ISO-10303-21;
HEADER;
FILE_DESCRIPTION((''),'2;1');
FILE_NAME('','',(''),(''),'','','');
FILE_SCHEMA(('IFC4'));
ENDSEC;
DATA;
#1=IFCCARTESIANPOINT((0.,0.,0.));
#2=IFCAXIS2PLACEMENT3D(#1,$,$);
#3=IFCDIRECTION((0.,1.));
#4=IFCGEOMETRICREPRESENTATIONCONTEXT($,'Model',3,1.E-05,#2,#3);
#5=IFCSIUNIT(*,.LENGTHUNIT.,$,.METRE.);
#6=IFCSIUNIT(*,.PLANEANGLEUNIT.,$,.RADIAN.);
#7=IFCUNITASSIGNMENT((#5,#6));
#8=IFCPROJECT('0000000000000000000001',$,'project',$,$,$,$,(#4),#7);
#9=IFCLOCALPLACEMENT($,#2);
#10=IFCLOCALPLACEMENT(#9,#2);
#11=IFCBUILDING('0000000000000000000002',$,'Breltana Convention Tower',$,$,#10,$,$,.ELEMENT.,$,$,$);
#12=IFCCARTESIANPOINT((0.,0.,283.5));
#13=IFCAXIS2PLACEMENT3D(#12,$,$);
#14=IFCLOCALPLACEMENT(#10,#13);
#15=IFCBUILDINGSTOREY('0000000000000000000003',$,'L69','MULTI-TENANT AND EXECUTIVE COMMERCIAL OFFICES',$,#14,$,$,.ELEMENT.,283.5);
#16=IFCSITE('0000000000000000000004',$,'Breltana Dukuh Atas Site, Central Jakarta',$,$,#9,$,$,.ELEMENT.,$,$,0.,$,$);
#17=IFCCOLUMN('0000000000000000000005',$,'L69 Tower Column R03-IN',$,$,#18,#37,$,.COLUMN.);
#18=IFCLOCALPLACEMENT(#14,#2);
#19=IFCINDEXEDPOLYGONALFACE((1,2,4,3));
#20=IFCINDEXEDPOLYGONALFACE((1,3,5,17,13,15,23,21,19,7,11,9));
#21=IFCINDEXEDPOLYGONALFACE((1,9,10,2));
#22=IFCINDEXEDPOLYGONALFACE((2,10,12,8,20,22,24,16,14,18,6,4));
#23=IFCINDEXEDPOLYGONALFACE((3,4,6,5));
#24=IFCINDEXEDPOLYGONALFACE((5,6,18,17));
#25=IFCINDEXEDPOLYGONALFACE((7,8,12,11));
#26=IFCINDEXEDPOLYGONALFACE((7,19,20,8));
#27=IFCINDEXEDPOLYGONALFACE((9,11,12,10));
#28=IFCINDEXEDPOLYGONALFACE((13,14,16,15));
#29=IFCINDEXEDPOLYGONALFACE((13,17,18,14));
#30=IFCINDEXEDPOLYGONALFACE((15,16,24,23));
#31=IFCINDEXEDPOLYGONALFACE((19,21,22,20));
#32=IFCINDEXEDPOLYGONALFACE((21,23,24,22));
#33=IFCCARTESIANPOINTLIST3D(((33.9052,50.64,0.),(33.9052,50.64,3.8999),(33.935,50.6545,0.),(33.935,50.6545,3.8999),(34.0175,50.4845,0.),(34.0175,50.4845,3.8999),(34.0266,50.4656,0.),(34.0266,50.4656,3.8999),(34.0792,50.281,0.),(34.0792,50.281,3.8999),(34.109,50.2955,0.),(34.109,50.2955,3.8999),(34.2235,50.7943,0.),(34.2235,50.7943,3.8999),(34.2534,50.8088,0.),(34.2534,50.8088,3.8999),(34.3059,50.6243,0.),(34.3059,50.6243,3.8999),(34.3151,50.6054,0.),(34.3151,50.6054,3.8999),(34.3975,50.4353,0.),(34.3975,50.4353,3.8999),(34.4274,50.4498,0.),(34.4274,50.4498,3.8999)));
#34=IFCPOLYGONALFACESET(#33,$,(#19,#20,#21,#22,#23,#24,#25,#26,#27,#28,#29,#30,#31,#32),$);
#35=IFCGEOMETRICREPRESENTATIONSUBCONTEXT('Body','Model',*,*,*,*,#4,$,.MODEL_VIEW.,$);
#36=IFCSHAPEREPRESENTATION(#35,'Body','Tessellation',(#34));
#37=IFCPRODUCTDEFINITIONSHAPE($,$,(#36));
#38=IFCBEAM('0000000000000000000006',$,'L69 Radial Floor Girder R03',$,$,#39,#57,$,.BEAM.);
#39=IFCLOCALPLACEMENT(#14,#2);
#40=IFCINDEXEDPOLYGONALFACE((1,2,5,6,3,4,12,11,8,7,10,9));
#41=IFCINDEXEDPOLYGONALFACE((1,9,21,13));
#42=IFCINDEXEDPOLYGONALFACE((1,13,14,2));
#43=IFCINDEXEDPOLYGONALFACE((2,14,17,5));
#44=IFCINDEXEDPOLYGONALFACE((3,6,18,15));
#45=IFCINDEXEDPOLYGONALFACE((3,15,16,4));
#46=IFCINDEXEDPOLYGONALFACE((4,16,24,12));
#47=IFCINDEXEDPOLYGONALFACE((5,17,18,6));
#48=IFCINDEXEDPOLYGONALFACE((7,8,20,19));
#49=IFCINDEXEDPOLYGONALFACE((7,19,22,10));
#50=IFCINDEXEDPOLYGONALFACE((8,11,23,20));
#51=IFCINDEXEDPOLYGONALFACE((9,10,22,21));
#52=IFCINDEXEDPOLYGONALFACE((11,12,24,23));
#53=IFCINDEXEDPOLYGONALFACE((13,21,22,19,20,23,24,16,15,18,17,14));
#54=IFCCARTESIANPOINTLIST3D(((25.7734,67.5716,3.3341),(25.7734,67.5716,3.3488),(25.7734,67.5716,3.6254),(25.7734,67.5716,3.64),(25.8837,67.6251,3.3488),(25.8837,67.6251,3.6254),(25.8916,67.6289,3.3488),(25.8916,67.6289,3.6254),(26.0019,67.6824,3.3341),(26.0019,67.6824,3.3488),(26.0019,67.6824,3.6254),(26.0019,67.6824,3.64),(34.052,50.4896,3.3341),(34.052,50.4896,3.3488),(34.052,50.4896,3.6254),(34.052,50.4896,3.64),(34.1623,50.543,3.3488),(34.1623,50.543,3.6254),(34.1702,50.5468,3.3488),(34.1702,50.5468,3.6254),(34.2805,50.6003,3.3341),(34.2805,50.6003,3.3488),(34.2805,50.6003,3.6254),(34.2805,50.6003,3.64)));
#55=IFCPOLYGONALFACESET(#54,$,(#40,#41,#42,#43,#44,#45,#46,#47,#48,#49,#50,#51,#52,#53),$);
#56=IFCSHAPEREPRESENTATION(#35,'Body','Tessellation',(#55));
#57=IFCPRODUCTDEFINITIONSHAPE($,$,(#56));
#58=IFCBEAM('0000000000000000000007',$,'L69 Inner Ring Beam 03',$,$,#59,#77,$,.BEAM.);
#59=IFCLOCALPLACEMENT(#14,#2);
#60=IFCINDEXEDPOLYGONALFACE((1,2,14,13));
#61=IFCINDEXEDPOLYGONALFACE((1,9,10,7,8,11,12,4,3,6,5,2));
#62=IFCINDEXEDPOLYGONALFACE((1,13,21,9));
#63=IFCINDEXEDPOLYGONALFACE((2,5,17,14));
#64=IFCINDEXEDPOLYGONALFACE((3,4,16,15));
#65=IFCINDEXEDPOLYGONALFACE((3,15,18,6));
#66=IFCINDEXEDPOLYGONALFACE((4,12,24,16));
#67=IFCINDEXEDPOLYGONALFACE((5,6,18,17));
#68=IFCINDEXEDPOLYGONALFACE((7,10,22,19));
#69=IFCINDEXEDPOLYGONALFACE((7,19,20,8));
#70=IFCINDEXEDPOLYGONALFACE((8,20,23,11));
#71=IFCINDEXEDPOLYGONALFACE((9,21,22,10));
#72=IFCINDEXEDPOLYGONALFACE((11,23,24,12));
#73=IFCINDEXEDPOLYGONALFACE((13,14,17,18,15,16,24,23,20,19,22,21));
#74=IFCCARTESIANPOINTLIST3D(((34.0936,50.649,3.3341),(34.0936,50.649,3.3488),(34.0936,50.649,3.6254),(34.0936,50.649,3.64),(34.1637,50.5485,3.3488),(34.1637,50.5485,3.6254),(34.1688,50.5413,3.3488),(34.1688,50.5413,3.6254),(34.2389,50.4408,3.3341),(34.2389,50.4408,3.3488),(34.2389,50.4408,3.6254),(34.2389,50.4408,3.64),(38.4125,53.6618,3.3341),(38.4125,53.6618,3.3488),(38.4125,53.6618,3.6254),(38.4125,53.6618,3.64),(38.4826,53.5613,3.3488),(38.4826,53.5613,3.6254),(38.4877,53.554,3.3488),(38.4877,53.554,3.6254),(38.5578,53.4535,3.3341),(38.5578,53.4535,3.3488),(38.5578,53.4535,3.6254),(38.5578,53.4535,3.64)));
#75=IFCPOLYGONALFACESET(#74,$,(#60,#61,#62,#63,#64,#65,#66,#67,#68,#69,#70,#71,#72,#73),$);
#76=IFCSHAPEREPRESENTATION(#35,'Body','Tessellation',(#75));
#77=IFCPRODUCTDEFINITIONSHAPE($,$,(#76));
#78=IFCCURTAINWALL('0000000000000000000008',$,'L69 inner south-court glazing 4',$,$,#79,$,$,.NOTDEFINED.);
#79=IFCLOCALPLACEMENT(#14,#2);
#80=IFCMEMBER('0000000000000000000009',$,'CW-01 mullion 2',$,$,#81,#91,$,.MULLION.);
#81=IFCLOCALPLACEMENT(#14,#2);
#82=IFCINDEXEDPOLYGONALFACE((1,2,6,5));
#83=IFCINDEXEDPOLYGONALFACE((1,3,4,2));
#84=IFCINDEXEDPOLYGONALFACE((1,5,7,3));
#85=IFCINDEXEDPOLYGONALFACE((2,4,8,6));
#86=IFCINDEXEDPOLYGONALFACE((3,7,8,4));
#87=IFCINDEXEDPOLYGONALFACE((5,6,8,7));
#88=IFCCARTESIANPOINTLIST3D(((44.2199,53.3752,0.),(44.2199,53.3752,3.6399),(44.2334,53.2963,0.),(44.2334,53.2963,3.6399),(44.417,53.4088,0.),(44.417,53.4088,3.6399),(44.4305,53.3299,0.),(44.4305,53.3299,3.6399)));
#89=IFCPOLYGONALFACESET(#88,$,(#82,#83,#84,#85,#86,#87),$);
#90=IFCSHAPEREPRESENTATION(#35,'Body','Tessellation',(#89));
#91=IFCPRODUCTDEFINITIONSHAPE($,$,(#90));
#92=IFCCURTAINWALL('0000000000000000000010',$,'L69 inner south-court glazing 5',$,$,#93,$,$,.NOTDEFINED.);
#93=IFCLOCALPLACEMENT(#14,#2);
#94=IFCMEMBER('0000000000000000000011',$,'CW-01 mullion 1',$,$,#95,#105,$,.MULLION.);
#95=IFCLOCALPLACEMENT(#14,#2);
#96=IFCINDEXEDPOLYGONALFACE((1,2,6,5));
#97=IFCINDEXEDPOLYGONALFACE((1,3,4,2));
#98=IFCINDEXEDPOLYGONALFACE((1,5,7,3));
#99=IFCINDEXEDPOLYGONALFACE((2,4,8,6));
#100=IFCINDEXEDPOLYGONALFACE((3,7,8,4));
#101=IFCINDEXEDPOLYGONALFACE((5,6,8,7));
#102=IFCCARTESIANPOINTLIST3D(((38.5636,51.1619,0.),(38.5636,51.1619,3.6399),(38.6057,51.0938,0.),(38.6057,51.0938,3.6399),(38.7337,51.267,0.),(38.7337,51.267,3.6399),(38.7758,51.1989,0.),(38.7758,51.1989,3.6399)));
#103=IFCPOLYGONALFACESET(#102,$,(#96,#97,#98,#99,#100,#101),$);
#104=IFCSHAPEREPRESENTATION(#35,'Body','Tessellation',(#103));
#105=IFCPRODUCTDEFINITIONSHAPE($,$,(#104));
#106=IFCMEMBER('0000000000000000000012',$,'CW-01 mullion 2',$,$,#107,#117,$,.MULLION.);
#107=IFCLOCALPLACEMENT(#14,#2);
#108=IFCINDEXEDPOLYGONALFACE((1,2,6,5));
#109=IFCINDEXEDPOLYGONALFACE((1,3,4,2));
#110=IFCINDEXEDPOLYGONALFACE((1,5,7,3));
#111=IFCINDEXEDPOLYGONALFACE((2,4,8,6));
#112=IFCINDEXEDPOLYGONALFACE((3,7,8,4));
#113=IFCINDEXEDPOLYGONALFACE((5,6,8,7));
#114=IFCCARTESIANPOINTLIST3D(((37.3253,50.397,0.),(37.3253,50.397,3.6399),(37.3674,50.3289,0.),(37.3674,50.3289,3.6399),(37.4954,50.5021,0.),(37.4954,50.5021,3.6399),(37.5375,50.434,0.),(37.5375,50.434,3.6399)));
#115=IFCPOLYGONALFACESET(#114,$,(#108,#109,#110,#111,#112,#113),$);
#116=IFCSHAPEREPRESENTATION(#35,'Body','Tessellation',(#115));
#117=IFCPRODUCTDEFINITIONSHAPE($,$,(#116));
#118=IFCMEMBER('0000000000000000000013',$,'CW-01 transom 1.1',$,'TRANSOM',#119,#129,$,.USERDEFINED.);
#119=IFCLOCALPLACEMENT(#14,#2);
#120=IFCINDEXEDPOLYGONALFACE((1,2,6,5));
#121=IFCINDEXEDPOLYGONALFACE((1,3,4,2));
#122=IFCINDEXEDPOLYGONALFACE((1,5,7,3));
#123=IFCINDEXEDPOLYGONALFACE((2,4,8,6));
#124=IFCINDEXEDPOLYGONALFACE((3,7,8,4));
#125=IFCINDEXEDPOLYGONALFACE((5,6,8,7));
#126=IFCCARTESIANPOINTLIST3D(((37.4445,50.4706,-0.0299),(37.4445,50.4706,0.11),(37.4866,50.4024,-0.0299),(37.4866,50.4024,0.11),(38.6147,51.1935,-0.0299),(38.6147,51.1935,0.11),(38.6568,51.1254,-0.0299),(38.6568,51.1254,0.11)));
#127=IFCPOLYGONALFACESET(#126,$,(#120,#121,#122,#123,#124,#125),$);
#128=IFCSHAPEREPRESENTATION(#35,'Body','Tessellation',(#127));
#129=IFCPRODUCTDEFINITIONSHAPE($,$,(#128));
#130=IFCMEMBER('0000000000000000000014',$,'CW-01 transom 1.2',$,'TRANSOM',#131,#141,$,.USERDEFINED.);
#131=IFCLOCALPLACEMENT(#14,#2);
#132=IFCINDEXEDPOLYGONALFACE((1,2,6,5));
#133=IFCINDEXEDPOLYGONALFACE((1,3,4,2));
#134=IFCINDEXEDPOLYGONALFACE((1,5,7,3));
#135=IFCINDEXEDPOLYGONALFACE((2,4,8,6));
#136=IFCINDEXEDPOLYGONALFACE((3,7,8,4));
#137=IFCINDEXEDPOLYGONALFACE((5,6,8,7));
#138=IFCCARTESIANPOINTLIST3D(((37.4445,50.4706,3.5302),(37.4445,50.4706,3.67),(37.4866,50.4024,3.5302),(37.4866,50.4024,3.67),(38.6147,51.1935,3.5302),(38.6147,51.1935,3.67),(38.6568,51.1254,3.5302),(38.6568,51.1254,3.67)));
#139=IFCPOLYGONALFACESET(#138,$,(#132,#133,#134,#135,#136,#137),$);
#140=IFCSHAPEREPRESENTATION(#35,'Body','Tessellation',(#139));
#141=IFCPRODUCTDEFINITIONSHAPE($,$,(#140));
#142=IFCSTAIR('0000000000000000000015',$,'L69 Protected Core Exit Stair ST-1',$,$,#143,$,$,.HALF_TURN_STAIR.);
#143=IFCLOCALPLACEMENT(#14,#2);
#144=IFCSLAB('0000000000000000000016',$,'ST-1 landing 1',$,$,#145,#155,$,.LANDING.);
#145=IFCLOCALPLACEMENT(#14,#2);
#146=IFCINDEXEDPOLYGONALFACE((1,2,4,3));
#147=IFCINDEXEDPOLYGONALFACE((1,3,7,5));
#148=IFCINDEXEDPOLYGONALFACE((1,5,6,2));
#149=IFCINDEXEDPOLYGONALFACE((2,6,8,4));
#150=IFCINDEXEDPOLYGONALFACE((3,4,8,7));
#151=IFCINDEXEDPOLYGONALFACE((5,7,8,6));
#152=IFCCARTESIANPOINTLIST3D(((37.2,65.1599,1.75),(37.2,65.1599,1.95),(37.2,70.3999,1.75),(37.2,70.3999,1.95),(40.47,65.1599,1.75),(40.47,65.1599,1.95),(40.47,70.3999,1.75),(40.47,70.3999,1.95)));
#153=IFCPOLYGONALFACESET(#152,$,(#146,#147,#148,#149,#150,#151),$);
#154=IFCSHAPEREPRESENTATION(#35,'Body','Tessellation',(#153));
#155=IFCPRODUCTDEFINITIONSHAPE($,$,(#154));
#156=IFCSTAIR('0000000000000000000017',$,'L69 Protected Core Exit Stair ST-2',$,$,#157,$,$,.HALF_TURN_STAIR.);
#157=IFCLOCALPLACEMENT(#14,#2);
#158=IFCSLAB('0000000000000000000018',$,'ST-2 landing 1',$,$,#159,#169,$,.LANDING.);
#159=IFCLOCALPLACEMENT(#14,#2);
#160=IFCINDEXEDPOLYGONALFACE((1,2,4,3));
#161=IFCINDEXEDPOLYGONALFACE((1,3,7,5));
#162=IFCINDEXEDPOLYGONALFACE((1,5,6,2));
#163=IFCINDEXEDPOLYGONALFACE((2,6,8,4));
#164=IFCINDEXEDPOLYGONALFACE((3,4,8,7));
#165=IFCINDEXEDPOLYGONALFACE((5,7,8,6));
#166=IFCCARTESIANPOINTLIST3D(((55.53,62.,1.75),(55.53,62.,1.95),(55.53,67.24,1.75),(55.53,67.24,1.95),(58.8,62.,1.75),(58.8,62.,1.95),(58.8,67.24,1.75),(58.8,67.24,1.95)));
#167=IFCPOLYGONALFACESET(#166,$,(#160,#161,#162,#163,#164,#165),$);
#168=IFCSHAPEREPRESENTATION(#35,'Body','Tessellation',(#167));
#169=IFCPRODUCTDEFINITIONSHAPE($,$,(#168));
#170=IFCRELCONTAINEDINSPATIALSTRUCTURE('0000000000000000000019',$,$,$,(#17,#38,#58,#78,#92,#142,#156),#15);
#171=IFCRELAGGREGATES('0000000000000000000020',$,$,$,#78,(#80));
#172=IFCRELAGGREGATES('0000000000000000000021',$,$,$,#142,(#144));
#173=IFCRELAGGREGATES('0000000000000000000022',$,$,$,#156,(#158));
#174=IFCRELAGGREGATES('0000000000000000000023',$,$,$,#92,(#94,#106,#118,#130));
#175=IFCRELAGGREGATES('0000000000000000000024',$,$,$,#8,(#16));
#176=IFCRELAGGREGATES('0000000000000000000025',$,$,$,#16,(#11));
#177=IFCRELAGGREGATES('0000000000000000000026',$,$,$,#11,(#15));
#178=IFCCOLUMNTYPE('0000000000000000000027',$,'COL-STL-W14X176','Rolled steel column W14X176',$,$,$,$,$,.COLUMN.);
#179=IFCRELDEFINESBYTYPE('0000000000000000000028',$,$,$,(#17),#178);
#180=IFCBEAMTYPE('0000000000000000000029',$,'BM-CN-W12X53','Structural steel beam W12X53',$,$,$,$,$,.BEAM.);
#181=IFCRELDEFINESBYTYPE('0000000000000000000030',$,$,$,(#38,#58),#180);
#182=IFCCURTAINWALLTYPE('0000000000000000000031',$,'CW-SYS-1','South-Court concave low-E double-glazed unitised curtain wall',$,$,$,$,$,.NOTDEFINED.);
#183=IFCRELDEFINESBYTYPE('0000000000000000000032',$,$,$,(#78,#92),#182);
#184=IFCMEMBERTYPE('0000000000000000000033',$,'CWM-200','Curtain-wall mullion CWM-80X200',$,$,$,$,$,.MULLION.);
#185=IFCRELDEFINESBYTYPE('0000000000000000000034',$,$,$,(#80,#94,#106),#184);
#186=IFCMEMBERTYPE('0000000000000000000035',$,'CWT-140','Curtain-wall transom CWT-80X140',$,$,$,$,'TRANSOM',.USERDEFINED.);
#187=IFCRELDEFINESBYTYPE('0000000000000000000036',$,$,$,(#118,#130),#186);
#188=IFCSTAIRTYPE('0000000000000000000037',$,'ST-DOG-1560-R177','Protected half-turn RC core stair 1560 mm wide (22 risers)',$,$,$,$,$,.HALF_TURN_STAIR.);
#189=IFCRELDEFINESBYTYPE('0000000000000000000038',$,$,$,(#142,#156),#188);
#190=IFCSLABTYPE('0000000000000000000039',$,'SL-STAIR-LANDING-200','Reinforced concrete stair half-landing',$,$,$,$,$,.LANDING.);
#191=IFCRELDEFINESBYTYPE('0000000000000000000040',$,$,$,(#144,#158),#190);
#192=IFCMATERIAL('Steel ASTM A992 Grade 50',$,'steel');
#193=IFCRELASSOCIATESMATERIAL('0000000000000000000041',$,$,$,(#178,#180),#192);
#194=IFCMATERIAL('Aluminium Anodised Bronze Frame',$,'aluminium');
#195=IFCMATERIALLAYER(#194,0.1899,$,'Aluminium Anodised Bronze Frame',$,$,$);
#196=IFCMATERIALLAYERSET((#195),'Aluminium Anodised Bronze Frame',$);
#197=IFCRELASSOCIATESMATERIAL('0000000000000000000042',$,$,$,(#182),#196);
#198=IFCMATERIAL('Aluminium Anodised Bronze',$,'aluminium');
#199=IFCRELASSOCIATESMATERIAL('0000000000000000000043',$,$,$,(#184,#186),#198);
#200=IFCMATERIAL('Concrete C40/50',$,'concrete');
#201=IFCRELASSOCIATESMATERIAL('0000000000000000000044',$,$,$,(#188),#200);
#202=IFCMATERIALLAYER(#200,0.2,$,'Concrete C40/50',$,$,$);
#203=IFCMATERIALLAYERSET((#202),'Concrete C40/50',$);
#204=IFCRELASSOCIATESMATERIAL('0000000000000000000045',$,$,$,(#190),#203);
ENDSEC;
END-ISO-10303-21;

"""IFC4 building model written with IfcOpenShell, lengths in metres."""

from ifc_helpers import new_model, si_unit, direction, frame, origin, origin_2d, place, context, subcontext, project, spatial, polyline, rectangle, i_section, outline, extrude, source, transform, mapped, material, layer, layer_set, material_profile, profile_set, type_object, type_shapes, element, aggregate, save


model = new_model("IFC4")

# Units and contexts
model_context = context("Model", 3, precision=1e-05, world=origin(), true_north=direction((0.0, 1.0)))
body_context = subcontext(model_context, "Body", "Model", "MODEL_VIEW")
ifc_project = project(units=[si_unit("LENGTHUNIT", "METRE"), si_unit("PLANEANGLEUNIT", "RADIAN")], contexts=[model_context])

# Site, building, storey
site_placement = place(None, origin())
site = spatial("IfcSite", under=ifc_project, at=site_placement, Name="Breltana Dukuh Atas Site, Central Jakarta", CompositionType="ELEMENT", RefElevation=0.0)
building_placement = place(site_placement, origin())
building = spatial("IfcBuilding", under=site, at=building_placement, Name="Breltana Convention Tower", CompositionType="ELEMENT")
storey_placement = place(building_placement, frame((0.0, 0.0, 283.5)))
storey = spatial("IfcBuildingStorey", under=building, at=storey_placement, Name="L69", Description="MULTI-TENANT AND EXECUTIVE COMMERCIAL OFFICES", CompositionType="ELEMENT", Elevation=283.5)

# Column
ifc_material_1 = material(Name="Steel ASTM A992 Grade 50", Category="steel")
ifc_material_profile_1 = material_profile(ifc_material_1, i_section(OverallWidth=0.3989, OverallDepth=0.387, WebThickness=0.021, FlangeThickness=0.0332, at=origin_2d()), Name="W14X176")
ifc_profile_set_1 = profile_set([ifc_material_profile_1], Name="Steel ASTM A992 Grade 50")
column_type = type_object("IfcColumnType", Name="COL-STL-W14X176", Description="Rolled steel column W14X176", PredefinedType="COLUMN", material=ifc_profile_set_1)
shared_shape_1 = source(origin(), body_context, "Body", "SweptSolid", [
    extrude(i_section(OverallWidth=0.3989, OverallDepth=0.387, WebThickness=0.021, FlangeThickness=0.0332, at=origin_2d()), origin(), (0.0, 0.0, 1.0), 3.8999),
])
type_shapes(column_type, [shared_shape_1])
column_placement = place(storey_placement, frame((34.1663, 50.5449, 0.0), z_axis=(0.0, 0.0, 1.0), x_axis=(-0.436174, 0.899863, 0.0)))
element("IfcColumn", 1, at=column_placement, inside=storey, type_object=column_type, Name="L69 Tower Column R03-IN", PredefinedType="COLUMN", context=body_context, shape_type="MappedRepresentation", body=[
    mapped(shared_shape_1, transform((0.0, 0.0, 0.0), scale=1.0)),
])

# Beams
ifc_material_profile_2 = material_profile(ifc_material_1, i_section(OverallWidth=0.2539, OverallDepth=0.3059, WebThickness=0.0088, FlangeThickness=0.0146, at=origin_2d()), Name="W12X53")
ifc_profile_set_2 = profile_set([ifc_material_profile_2], Name="Steel ASTM A992 Grade 50")
beam_type = type_object("IfcBeamType", Name="BM-CN-W12X53", Description="Structural steel beam W12X53", PredefinedType="BEAM", material=ifc_profile_set_2)
shared_shape_2 = source(origin(), body_context, "Body", "SweptSolid", [
    extrude(i_section(OverallWidth=0.2539, OverallDepth=0.3059, WebThickness=0.0088, FlangeThickness=0.0146, at=origin_2d()), origin(), (0.0, 0.0, 1.0), 18.9824),
])
beam_1_placement = place(storey_placement, frame((34.1663, 50.5449, 3.4871), z_axis=(-0.436119, 0.899889, 0.0), x_axis=(-0.899889, -0.436119, 0.0)))
element("IfcBeam", 2, at=beam_1_placement, inside=storey, type_object=beam_type, Name="L69 Radial Floor Girder R03", PredefinedType="BEAM", context=body_context, shape_type="MappedRepresentation", body=[
    mapped(shared_shape_2, transform((0.0, 0.0, 0.0), scale=1.0)),
])
shared_shape_3 = source(origin(), body_context, "Body", "SweptSolid", [
    extrude(i_section(OverallWidth=0.2539, OverallDepth=0.3059, WebThickness=0.0088, FlangeThickness=0.0146, at=origin_2d()), origin(), (0.0, 0.0, 1.0), 5.2659),
])
beam_2_placement = place(storey_placement, frame((34.1663, 50.5449, 3.4871), z_axis=(0.820167, 0.572124, 0.0), x_axis=(-0.572124, 0.820167, 0.0)))
element("IfcBeam", 3, at=beam_2_placement, inside=storey, type_object=beam_type, Name="L69 Inner Ring Beam 03", PredefinedType="BEAM", context=body_context, shape_type="MappedRepresentation", body=[
    mapped(shared_shape_3, transform((0.0, 0.0, 0.0), scale=1.0)),
])

# Curtain wall, member
ifc_material_2 = material(Name="Aluminium Anodised Bronze Frame", Category="aluminium")
ifc_layer_1 = layer(ifc_material_2, 0.1899, Name="Aluminium Anodised Bronze Frame")
ifc_layer_set_1 = layer_set([ifc_layer_1], Name="Aluminium Anodised Bronze Frame")
curtain_wall_type = type_object("IfcCurtainWallType", Name="CW-SYS-1", Description="South-Court concave low-E double-glazed unitised curtain wall", PredefinedType="NOTDEFINED", material=ifc_layer_set_1)
curtain_wall_1_placement = place(storey_placement, origin())
curtain_wall_1 = element("IfcCurtainWall", 4, at=curtain_wall_1_placement, inside=storey, type_object=curtain_wall_type, Name="L69 inner south-court glazing 4", PredefinedType="NOTDEFINED")
ifc_material_3 = material(Name="Aluminium Anodised Bronze", Category="aluminium")
ifc_material_profile_3 = material_profile(ifc_material_3, rectangle(XDim=0.0801, YDim=0.2, at=origin_2d()), Name="CWM-80X200")
ifc_profile_set_3 = profile_set([ifc_material_profile_3], Name="Aluminium Anodised Bronze")
member_type_1 = type_object("IfcMemberType", Name="CWM-200", Description="Curtain-wall mullion CWM-80X200", PredefinedType="MULLION", material=ifc_profile_set_3)
shared_shape_4 = source(origin(), body_context, "Body", "SweptSolid", [
    extrude(rectangle(XDim=0.0801, YDim=0.2, at=origin_2d()), origin(), (0.0, 0.0, 1.0), 3.6399),
])
member_1_placement = place(storey_placement, frame((44.3252, 53.3525, 0.0), z_axis=(0.0, 0.0, 1.0), x_axis=(0.168028, -0.985782, 0.0)))
member_1 = element("IfcMember", 5, at=member_1_placement, type_object=member_type_1, Name="CW-01 mullion 2", PredefinedType="MULLION", context=body_context, shape_type="MappedRepresentation", body=[
    mapped(shared_shape_4, transform((0.0, 0.0, 0.0), scale=1.0)),
])
aggregate(curtain_wall_1, [member_1])

# Curtain wall, members
curtain_wall_2_placement = place(storey_placement, origin())
curtain_wall_2 = element("IfcCurtainWall", 6, at=curtain_wall_2_placement, inside=storey, type_object=curtain_wall_type, Name="L69 inner south-court glazing 5", PredefinedType="NOTDEFINED")
member_2_placement = place(storey_placement, frame((38.6697, 51.1804, 0.0), z_axis=(0.0, 0.0, 1.0), x_axis=(0.525572, -0.850749, 0.0)))
member_2 = element("IfcMember", 7, at=member_2_placement, type_object=member_type_1, Name="CW-01 mullion 1", PredefinedType="MULLION", context=body_context, shape_type="MappedRepresentation", body=[
    mapped(shared_shape_4, transform((0.0, 0.0, 0.0), scale=1.0)),
])
member_3_placement = place(storey_placement, frame((37.4314, 50.4155, 0.0), z_axis=(0.0, 0.0, 1.0), x_axis=(0.525572, -0.850749, 0.0)))
member_3 = element("IfcMember", 8, at=member_3_placement, type_object=member_type_1, Name="CW-01 mullion 2", PredefinedType="MULLION", context=body_context, shape_type="MappedRepresentation", body=[
    mapped(shared_shape_4, transform((0.0, 0.0, 0.0), scale=1.0)),
])
ifc_material_profile_4 = material_profile(ifc_material_3, rectangle(XDim=0.0801, YDim=0.1399, at=origin_2d()), Name="CWT-80X140")
ifc_profile_set_4 = profile_set([ifc_material_profile_4], Name="Aluminium Anodised Bronze")
member_type_2 = type_object("IfcMemberType", Name="CWT-140", Description="Curtain-wall transom CWT-80X140", ElementType="TRANSOM", PredefinedType="USERDEFINED", material=ifc_profile_set_4)
shared_shape_5 = source(origin(), body_context, "Body", "SweptSolid", [
    extrude(rectangle(XDim=0.0801, YDim=0.1399, at=origin_2d()), origin(), (0.0, 0.0, 1.0), 1.3755),
])
member_4_placement = place(storey_placement, frame((38.6357, 51.1594, 0.04), z_axis=(-0.850749, -0.525572, 0.0), x_axis=(0.525572, -0.850749, 0.0)))
member_4 = element("IfcMember", 9, at=member_4_placement, type_object=member_type_2, Name="CW-01 transom 1.1", ObjectType="TRANSOM", PredefinedType="USERDEFINED", context=body_context, shape_type="MappedRepresentation", body=[
    mapped(shared_shape_5, transform((0.0, 0.0, 0.0), scale=1.0)),
])
member_5_placement = place(storey_placement, frame((38.6357, 51.1594, 3.6001), z_axis=(-0.850749, -0.525572, 0.0), x_axis=(0.525572, -0.850749, 0.0)))
member_5 = element("IfcMember", 10, at=member_5_placement, type_object=member_type_2, Name="CW-01 transom 1.2", ObjectType="TRANSOM", PredefinedType="USERDEFINED", context=body_context, shape_type="MappedRepresentation", body=[
    mapped(shared_shape_5, transform((0.0, 0.0, 0.0), scale=1.0)),
])

# Stairs, slabs
ifc_material_4 = material(Name="Concrete C40/50", Category="concrete")
stair_type = type_object("IfcStairType", Name="ST-DOG-1560-R177", Description="Protected half-turn RC core stair 1560 mm wide (22 risers)", PredefinedType="HALF_TURN_STAIR", material=ifc_material_4)
stair_1_placement = place(storey_placement, origin())
stair_1 = element("IfcStair", 11, at=stair_1_placement, inside=storey, type_object=stair_type, Name="L69 Protected Core Exit Stair ST-1", PredefinedType="HALF_TURN_STAIR")
ifc_layer_2 = layer(ifc_material_4, 0.2, Name="Concrete C40/50")
ifc_layer_set_2 = layer_set([ifc_layer_2], Name="Concrete C40/50")
slab_type_1 = type_object("IfcSlabType", Name="SL-STAIR-LANDING-200", Description="Reinforced concrete stair half-landing", PredefinedType="LANDING", material=ifc_layer_set_2)
slab_1_placement = place(storey_placement, frame((0.0, 0.0, 1.75)))
slab_1 = element("IfcSlab", 12, at=slab_1_placement, type_object=slab_type_1, Name="ST-1 landing 1", PredefinedType="LANDING", context=body_context, shape_type="SweptSolid", body=[
    extrude(outline(polyline([(40.47, 65.1599), (40.47, 70.3999), (37.2, 70.3999), (37.2, 65.1599), (40.47, 65.1599)])), origin(), (0.0, 0.0, 1.0), 0.2),
])
aggregate(stair_1, [slab_1])
stair_2_placement = place(storey_placement, origin())
stair_2 = element("IfcStair", 13, at=stair_2_placement, inside=storey, type_object=stair_type, Name="L69 Protected Core Exit Stair ST-2", PredefinedType="HALF_TURN_STAIR")
slab_2_placement = place(storey_placement, frame((0.0, 0.0, 1.75)))
slab_2 = element("IfcSlab", 14, at=slab_2_placement, type_object=slab_type_1, Name="ST-2 landing 1", PredefinedType="LANDING", context=body_context, shape_type="SweptSolid", body=[
    extrude(outline(polyline([(55.53, 67.24), (55.53, 62.0), (58.8, 62.0), (58.8, 67.24), (55.53, 67.24)])), origin(), (0.0, 0.0, 1.0), 0.2),
])
aggregate(stair_2, [slab_2])

aggregate(curtain_wall_2, [member_2, member_3, member_4, member_5])

save(model, "model.ifc")
